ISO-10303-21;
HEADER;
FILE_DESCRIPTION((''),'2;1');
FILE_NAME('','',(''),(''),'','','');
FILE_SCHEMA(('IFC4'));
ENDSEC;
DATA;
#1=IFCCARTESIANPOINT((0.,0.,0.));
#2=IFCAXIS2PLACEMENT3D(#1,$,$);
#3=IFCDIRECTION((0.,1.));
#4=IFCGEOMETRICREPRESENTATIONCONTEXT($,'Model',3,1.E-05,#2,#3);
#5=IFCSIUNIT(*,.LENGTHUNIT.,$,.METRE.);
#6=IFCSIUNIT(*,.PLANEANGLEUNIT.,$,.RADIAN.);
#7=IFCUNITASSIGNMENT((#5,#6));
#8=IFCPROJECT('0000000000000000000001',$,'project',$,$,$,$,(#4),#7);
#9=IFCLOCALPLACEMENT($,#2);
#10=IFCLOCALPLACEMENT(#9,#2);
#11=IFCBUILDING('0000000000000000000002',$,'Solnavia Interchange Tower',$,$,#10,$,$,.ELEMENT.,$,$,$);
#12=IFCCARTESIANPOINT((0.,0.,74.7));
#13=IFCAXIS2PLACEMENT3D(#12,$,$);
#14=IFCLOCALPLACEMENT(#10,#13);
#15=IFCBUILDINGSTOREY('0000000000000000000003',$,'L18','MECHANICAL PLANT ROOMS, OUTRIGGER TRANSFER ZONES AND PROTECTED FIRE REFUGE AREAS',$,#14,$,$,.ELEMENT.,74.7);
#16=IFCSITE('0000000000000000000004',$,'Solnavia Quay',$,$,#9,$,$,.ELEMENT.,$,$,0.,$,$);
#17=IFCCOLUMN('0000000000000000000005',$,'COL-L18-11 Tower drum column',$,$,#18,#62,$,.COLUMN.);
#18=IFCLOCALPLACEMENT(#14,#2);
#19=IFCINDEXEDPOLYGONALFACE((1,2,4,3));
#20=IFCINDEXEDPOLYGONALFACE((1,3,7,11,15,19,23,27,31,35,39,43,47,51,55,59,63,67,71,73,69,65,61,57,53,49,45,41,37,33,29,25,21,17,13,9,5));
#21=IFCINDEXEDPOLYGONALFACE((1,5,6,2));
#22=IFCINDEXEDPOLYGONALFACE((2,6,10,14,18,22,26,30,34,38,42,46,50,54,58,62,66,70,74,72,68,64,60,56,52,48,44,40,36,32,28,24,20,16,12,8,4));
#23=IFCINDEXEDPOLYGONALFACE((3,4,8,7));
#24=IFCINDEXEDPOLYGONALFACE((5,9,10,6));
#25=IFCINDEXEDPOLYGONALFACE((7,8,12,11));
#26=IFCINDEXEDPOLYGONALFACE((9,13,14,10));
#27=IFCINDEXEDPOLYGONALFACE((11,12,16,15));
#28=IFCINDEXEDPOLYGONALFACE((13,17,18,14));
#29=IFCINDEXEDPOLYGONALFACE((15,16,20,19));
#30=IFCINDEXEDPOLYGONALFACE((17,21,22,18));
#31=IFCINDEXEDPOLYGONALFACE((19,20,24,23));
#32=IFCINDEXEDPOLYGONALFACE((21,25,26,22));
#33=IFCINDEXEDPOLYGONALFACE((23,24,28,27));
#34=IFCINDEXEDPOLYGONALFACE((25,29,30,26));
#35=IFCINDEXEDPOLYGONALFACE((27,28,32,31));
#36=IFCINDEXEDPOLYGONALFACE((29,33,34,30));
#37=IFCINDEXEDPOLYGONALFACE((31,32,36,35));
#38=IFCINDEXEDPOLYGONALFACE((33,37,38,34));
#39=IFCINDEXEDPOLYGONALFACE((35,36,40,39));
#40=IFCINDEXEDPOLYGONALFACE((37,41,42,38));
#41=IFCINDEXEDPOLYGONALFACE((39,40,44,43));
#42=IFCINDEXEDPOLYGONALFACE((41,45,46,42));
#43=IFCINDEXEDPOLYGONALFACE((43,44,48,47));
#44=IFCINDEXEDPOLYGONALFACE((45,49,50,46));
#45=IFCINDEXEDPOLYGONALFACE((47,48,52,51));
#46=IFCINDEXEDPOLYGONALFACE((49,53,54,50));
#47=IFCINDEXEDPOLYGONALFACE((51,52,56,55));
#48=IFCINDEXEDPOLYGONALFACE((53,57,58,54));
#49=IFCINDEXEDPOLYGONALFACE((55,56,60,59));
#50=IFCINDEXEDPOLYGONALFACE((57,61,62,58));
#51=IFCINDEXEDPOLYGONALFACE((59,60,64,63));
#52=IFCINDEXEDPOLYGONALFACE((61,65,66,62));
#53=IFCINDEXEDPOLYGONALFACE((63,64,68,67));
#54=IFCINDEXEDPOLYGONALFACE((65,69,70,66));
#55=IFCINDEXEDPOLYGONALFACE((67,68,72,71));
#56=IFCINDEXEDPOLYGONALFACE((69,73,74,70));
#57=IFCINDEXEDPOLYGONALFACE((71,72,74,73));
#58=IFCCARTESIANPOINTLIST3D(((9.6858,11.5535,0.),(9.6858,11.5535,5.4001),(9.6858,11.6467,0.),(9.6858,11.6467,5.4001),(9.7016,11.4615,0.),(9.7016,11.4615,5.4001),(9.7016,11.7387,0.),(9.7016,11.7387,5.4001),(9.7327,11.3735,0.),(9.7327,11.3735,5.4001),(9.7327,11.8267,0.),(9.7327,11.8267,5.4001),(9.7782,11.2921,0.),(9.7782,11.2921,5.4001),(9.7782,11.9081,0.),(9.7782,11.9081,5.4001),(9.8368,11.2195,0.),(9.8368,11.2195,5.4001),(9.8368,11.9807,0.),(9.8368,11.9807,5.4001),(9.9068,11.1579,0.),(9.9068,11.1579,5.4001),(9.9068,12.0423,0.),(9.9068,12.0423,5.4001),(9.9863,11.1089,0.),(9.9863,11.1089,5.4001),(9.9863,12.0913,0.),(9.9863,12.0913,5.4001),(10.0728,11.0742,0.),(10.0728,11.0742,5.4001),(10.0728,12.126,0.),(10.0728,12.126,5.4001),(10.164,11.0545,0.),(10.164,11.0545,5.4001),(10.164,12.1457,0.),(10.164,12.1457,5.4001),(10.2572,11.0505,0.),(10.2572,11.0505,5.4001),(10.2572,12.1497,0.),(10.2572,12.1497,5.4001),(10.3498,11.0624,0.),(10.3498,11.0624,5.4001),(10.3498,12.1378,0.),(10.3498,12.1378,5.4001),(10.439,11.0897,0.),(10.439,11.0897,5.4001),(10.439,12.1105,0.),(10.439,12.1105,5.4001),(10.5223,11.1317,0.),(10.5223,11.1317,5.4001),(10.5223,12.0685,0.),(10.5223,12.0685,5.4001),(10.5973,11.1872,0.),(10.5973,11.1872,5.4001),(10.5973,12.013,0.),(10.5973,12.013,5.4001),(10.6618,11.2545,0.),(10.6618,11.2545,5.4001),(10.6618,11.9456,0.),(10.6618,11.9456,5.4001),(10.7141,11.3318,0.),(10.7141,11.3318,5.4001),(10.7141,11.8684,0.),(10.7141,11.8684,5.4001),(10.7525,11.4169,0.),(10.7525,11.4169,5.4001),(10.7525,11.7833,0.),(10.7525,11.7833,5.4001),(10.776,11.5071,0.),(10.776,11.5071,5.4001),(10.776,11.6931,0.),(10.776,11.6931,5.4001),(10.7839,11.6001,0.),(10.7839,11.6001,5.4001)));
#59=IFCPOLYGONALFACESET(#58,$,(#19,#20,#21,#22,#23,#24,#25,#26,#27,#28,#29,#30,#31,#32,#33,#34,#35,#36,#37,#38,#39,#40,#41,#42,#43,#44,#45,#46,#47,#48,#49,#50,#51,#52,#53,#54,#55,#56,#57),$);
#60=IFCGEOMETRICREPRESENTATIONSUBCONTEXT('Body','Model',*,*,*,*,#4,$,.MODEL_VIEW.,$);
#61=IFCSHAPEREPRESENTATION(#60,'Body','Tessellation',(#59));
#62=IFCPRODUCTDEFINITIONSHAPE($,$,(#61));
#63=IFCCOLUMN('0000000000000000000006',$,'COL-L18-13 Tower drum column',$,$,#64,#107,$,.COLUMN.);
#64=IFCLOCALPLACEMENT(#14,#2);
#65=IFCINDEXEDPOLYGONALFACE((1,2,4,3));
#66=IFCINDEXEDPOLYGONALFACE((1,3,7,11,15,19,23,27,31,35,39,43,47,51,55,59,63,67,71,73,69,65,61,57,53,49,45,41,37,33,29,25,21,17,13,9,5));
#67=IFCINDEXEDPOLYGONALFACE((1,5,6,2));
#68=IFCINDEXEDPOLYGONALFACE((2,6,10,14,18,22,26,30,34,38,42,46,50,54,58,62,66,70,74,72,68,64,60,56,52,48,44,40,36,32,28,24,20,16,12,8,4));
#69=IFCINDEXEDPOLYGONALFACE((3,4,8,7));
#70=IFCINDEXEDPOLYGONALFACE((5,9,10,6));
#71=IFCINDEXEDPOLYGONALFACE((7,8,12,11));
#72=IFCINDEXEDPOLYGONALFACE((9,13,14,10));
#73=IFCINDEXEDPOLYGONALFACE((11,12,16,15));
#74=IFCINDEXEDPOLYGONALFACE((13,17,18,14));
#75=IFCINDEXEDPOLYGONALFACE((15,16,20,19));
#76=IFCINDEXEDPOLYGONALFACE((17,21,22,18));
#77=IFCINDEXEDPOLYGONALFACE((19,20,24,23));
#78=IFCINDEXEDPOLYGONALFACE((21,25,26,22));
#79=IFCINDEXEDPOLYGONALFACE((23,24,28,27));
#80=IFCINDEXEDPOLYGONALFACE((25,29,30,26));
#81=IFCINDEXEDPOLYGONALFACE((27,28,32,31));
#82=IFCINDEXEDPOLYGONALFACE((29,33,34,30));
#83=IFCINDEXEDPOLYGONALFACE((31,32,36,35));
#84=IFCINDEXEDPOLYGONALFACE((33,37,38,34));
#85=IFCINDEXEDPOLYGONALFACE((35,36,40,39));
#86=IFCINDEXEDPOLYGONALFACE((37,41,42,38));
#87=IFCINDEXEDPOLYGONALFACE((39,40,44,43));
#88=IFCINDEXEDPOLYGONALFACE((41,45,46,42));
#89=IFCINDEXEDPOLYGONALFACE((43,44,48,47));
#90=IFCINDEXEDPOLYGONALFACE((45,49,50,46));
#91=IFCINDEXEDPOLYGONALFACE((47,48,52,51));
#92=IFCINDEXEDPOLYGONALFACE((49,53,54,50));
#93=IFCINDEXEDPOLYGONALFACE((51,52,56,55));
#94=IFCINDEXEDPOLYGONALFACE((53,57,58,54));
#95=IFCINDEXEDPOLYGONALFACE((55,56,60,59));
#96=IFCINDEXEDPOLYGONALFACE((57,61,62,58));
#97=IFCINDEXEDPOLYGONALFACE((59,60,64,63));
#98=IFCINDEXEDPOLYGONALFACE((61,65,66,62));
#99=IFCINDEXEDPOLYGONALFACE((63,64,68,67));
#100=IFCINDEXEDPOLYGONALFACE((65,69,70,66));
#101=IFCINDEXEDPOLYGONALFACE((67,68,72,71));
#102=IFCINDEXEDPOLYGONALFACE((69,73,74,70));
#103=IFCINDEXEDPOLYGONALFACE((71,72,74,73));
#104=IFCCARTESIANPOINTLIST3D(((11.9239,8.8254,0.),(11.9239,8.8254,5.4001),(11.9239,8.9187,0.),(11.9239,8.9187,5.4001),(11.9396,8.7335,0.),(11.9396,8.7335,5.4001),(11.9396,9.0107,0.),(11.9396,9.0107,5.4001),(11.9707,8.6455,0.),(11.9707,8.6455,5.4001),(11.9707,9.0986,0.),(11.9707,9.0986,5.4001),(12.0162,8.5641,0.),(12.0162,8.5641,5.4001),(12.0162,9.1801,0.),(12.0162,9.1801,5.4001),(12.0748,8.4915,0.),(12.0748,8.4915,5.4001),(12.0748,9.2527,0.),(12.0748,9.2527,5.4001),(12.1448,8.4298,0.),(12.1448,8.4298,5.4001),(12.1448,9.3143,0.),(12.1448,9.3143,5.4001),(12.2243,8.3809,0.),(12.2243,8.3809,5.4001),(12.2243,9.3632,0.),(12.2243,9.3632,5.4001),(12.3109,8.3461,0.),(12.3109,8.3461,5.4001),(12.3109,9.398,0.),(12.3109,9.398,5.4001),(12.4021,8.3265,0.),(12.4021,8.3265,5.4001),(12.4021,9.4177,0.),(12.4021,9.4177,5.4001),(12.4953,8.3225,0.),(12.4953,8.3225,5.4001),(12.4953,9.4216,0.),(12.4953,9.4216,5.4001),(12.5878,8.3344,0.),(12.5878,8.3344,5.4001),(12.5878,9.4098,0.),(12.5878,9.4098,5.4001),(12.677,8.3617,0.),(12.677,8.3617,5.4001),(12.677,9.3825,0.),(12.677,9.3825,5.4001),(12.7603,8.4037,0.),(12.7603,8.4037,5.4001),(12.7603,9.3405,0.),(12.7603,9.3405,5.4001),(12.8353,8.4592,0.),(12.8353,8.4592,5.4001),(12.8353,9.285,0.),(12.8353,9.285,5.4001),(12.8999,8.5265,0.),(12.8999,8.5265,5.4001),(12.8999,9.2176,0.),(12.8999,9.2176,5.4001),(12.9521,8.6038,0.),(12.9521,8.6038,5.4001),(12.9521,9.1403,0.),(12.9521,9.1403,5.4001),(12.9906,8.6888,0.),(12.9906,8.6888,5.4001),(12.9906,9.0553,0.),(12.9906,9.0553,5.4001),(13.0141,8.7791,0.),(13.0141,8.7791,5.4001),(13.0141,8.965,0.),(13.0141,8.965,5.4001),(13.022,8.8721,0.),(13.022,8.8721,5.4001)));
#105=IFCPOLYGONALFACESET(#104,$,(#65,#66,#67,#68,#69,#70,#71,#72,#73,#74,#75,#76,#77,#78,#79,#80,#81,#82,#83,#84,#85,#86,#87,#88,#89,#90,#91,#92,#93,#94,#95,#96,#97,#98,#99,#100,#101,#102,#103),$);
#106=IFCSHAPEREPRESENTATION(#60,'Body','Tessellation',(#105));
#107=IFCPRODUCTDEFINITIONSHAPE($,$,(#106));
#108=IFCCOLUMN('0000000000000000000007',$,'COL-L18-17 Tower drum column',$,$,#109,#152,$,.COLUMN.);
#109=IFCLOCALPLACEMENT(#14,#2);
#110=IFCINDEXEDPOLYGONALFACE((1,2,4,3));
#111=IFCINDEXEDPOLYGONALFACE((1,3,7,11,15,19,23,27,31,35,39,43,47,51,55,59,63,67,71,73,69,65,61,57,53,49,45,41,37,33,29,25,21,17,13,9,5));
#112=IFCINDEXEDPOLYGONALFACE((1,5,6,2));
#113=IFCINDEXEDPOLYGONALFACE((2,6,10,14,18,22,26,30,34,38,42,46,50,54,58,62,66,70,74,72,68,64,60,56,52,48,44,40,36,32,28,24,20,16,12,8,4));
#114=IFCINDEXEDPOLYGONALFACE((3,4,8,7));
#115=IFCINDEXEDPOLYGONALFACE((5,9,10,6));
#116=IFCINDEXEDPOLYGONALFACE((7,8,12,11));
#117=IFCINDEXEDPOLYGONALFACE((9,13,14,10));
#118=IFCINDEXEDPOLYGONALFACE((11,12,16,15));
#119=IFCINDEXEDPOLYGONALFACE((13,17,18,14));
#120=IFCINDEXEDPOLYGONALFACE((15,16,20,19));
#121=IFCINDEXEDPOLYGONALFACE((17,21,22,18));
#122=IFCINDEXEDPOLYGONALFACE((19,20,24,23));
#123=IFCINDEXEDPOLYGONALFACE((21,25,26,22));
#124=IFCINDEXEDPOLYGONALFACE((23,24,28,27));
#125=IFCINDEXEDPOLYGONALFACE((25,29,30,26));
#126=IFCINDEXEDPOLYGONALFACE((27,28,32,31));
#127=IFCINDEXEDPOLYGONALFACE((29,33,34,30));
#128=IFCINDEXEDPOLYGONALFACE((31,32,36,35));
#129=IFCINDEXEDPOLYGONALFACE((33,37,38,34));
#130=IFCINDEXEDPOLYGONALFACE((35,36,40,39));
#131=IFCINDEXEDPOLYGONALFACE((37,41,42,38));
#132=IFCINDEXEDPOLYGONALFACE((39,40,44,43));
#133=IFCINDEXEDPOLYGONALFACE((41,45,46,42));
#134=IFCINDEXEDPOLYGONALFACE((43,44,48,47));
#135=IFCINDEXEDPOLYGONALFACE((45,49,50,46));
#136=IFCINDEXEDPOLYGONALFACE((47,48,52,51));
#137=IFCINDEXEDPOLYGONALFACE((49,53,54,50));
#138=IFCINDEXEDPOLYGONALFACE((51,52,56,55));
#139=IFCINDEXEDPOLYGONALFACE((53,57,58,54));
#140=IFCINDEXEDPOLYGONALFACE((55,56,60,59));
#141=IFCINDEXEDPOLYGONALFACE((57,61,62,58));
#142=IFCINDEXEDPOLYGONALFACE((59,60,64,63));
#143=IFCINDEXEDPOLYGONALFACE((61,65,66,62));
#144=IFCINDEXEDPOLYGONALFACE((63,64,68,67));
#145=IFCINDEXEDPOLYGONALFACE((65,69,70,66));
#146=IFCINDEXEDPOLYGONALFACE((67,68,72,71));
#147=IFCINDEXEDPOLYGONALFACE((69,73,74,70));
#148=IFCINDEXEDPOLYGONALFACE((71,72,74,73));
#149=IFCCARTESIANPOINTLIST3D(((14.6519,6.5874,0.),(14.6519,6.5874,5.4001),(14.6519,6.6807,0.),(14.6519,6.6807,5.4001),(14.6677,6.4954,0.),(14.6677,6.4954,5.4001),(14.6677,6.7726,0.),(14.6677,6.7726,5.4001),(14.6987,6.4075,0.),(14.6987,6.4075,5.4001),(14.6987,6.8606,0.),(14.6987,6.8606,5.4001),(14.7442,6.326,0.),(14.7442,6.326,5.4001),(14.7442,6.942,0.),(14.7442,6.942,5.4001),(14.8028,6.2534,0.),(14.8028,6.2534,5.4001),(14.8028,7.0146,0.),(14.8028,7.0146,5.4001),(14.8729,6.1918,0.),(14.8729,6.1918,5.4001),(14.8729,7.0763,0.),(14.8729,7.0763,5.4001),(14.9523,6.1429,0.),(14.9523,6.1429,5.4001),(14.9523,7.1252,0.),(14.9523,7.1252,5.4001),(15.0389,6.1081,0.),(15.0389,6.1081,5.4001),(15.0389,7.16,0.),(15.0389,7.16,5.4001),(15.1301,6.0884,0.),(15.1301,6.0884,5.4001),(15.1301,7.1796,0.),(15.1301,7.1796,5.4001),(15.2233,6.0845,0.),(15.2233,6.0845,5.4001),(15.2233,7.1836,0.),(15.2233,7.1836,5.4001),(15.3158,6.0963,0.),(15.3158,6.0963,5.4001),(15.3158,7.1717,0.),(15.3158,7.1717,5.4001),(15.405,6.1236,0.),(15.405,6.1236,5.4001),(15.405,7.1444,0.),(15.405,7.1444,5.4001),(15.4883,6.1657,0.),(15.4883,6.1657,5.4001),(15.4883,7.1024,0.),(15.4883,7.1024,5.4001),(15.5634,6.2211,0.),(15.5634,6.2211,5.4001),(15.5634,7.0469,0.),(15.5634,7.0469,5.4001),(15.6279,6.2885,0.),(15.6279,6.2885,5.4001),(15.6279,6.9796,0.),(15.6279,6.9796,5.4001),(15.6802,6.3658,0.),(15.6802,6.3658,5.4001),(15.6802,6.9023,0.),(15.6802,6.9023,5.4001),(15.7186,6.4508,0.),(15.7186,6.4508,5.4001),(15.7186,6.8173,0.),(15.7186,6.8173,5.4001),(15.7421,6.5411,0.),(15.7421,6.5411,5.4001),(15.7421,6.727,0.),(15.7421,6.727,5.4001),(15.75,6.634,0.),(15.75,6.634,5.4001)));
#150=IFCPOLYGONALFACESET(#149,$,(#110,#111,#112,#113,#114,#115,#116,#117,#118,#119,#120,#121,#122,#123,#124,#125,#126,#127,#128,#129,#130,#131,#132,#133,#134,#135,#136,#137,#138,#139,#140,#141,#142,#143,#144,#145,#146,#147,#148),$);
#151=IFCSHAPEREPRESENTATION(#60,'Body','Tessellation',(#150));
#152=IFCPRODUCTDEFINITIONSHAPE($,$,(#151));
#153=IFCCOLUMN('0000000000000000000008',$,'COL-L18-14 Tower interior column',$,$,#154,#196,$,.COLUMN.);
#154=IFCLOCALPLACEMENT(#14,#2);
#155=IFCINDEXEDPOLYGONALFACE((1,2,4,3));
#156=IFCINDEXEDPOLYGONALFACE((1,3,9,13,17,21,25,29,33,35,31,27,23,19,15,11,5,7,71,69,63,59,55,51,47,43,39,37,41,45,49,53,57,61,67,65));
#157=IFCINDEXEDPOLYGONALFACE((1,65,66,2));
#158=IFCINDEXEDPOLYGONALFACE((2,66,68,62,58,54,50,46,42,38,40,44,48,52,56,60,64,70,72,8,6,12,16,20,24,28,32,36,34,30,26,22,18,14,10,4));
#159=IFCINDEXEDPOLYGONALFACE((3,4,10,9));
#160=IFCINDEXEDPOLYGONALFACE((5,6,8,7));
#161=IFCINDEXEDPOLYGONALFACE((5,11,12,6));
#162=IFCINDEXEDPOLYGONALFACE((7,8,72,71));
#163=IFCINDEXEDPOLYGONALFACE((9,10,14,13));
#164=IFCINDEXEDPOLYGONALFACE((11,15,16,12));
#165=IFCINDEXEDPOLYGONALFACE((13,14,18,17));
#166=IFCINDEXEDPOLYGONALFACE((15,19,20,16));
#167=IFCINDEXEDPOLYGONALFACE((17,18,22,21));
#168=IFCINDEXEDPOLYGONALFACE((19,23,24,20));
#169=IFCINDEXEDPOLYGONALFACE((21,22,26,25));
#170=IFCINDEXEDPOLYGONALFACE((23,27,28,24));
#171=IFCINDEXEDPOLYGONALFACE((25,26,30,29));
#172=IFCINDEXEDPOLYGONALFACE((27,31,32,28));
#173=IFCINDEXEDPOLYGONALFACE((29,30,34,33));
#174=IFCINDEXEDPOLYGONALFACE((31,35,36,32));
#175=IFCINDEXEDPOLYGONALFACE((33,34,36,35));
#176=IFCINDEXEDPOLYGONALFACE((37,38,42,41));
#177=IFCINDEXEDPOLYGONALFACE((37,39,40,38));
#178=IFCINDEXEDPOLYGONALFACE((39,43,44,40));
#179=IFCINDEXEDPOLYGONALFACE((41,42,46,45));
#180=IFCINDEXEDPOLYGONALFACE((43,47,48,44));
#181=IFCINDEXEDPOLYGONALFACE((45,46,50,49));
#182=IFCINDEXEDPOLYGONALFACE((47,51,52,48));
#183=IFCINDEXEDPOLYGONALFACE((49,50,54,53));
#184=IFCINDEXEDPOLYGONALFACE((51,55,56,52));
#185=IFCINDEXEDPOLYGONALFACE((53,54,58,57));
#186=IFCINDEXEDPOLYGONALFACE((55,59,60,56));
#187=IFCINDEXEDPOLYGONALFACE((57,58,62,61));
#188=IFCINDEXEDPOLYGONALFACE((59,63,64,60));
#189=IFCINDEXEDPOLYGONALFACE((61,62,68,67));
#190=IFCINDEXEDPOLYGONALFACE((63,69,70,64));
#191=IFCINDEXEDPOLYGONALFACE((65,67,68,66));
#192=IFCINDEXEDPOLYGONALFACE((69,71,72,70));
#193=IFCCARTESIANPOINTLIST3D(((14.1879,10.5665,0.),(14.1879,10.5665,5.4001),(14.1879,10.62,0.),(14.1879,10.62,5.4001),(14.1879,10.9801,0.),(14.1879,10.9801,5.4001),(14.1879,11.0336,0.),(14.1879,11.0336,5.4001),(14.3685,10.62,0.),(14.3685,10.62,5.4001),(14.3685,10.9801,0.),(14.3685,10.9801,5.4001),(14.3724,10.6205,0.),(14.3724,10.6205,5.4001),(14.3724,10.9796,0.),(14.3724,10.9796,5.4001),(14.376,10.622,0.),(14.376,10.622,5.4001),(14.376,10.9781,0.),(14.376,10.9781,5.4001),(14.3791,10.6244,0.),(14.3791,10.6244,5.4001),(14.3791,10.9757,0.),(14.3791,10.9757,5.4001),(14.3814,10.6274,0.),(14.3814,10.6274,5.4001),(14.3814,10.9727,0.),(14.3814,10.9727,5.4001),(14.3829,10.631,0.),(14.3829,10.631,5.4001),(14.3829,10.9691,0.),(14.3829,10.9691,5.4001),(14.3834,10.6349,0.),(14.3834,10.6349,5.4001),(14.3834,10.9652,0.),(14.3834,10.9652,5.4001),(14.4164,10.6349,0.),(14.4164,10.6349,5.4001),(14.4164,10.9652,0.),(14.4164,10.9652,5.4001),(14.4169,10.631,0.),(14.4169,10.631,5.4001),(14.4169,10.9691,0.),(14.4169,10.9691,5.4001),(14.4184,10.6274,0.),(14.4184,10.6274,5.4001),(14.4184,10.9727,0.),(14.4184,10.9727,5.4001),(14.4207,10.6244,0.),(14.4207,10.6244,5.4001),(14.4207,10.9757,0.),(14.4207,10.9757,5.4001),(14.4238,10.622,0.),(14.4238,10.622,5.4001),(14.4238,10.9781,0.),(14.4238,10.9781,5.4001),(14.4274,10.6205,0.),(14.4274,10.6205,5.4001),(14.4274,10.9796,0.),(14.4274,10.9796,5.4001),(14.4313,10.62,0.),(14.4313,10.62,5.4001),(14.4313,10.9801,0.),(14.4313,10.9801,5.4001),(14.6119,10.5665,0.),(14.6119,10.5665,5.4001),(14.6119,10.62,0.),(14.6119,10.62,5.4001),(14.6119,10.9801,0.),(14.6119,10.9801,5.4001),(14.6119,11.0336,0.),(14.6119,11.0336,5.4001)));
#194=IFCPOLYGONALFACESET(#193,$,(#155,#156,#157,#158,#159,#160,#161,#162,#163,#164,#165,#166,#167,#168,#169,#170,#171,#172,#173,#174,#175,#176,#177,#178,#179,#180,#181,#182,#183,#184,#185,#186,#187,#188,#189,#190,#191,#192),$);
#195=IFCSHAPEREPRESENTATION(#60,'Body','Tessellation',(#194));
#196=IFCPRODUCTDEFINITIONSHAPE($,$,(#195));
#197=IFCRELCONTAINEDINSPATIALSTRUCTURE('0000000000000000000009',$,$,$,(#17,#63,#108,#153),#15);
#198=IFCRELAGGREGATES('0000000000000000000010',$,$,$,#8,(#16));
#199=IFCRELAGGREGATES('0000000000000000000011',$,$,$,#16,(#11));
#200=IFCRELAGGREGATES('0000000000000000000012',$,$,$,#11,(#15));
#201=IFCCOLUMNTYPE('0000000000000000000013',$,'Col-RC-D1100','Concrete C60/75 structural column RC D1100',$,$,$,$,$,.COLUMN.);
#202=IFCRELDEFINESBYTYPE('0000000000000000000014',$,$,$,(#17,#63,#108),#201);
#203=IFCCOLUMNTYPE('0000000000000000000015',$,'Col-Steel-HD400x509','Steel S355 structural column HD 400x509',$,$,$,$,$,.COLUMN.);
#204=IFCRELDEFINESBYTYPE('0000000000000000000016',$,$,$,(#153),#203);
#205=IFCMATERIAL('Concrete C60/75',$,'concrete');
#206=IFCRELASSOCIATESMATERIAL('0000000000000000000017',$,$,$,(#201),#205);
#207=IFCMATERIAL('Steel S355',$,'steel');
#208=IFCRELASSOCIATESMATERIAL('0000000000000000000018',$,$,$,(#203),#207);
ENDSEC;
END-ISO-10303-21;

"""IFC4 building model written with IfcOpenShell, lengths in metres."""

from ifc_helpers import new_model, si_unit, direction, frame, origin, origin_2d, place, context, subcontext, project, spatial, circle, i_section, extrude, material, material_profile, profile_set, type_object, element, save


model = new_model("IFC4")

# Units and contexts
model_context = context("Model", 3, precision=1e-05, world=origin(), true_north=direction((0.0, 1.0)))
body_context = subcontext(model_context, "Body", "Model", "MODEL_VIEW")
ifc_project = project(units=[si_unit("LENGTHUNIT", "METRE"), si_unit("PLANEANGLEUNIT", "RADIAN")], contexts=[model_context])

# Site, building, storey
site_placement = place(None, origin())
site = spatial("IfcSite", under=ifc_project, at=site_placement, Name="Solnavia Quay", CompositionType="ELEMENT", RefElevation=0.0)
building_placement = place(site_placement, origin())
building = spatial("IfcBuilding", under=site, at=building_placement, Name="Solnavia Interchange Tower", CompositionType="ELEMENT")
storey_placement = place(building_placement, frame((0.0, 0.0, 74.7)))
storey = spatial("IfcBuildingStorey", under=building, at=storey_placement, Name="L18", Description="MECHANICAL PLANT ROOMS, OUTRIGGER TRANSFER ZONES AND PROTECTED FIRE REFUGE AREAS", CompositionType="ELEMENT", Elevation=74.7)

# Columns
ifc_material_1 = material(Name="Concrete C60/75", Category="concrete")
ifc_material_profile_1 = material_profile(ifc_material_1, circle(Radius=0.55, at=origin_2d()), Name="RC D1100")
ifc_profile_set_1 = profile_set([ifc_material_profile_1], Name="Concrete C60/75")
column_type_1 = type_object("IfcColumnType", Name="Col-RC-D1100", Description="Concrete C60/75 structural column RC D1100", PredefinedType="COLUMN", material=ifc_profile_set_1)
for number, where, z_axis, x_axis, name in (
    (1, (10.2339, 11.6001, 0.0), (0.0, 0.0, 1.0), (1.0, 0.0, 0.0), "COL-L18-11 Tower drum column"),
    (2, (12.4719, 8.8721, 0.0), (0.0, 0.0, 1.0), (1.0, 0.0, 0.0), "COL-L18-13 Tower drum column"),
    (3, (15.2, 6.634, 0.0), (0.0, 0.0, 1.0), (1.0, 0.0, 0.0), "COL-L18-17 Tower drum column"),
):
    element("IfcColumn", number, at=place(storey_placement, frame(where, z_axis=z_axis, x_axis=x_axis)), inside=storey, type_object=column_type_1, Name=name, PredefinedType="COLUMN", context=body_context, shape_type="SweptSolid", body=[
        extrude(circle(Radius=0.55, at=origin_2d()), origin(), (0.0, 0.0, 1.0), 5.4001),
    ])
ifc_material_2 = material(Name="Steel S355", Category="steel")
ifc_material_profile_2 = material_profile(ifc_material_2, i_section(OverallWidth=0.4241, OverallDepth=0.467, WebThickness=0.033, FlangeThickness=0.0535, FilletRadius=0.0149, at=origin_2d()), Name="HD 400x509")
ifc_profile_set_2 = profile_set([ifc_material_profile_2], Name="Steel S355")
column_type_2 = type_object("IfcColumnType", Name="Col-Steel-HD400x509", Description="Steel S355 structural column HD 400x509", PredefinedType="COLUMN", material=ifc_profile_set_2)
column_placement = place(storey_placement, frame((14.3999, 10.8, 0.0), z_axis=(0.0, 0.0, 1.0), x_axis=(1.0, 0.0, 0.0)))
element("IfcColumn", 4, at=column_placement, inside=storey, type_object=column_type_2, Name="COL-L18-14 Tower interior column", PredefinedType="COLUMN", context=body_context, shape_type="SweptSolid", body=[
    extrude(i_section(OverallWidth=0.4241, OverallDepth=0.467, WebThickness=0.033, FlangeThickness=0.0535, FilletRadius=0.0149, at=origin_2d()), origin(), (0.0, 0.0, 1.0), 5.4001),
])

save(model, "model.ifc")
